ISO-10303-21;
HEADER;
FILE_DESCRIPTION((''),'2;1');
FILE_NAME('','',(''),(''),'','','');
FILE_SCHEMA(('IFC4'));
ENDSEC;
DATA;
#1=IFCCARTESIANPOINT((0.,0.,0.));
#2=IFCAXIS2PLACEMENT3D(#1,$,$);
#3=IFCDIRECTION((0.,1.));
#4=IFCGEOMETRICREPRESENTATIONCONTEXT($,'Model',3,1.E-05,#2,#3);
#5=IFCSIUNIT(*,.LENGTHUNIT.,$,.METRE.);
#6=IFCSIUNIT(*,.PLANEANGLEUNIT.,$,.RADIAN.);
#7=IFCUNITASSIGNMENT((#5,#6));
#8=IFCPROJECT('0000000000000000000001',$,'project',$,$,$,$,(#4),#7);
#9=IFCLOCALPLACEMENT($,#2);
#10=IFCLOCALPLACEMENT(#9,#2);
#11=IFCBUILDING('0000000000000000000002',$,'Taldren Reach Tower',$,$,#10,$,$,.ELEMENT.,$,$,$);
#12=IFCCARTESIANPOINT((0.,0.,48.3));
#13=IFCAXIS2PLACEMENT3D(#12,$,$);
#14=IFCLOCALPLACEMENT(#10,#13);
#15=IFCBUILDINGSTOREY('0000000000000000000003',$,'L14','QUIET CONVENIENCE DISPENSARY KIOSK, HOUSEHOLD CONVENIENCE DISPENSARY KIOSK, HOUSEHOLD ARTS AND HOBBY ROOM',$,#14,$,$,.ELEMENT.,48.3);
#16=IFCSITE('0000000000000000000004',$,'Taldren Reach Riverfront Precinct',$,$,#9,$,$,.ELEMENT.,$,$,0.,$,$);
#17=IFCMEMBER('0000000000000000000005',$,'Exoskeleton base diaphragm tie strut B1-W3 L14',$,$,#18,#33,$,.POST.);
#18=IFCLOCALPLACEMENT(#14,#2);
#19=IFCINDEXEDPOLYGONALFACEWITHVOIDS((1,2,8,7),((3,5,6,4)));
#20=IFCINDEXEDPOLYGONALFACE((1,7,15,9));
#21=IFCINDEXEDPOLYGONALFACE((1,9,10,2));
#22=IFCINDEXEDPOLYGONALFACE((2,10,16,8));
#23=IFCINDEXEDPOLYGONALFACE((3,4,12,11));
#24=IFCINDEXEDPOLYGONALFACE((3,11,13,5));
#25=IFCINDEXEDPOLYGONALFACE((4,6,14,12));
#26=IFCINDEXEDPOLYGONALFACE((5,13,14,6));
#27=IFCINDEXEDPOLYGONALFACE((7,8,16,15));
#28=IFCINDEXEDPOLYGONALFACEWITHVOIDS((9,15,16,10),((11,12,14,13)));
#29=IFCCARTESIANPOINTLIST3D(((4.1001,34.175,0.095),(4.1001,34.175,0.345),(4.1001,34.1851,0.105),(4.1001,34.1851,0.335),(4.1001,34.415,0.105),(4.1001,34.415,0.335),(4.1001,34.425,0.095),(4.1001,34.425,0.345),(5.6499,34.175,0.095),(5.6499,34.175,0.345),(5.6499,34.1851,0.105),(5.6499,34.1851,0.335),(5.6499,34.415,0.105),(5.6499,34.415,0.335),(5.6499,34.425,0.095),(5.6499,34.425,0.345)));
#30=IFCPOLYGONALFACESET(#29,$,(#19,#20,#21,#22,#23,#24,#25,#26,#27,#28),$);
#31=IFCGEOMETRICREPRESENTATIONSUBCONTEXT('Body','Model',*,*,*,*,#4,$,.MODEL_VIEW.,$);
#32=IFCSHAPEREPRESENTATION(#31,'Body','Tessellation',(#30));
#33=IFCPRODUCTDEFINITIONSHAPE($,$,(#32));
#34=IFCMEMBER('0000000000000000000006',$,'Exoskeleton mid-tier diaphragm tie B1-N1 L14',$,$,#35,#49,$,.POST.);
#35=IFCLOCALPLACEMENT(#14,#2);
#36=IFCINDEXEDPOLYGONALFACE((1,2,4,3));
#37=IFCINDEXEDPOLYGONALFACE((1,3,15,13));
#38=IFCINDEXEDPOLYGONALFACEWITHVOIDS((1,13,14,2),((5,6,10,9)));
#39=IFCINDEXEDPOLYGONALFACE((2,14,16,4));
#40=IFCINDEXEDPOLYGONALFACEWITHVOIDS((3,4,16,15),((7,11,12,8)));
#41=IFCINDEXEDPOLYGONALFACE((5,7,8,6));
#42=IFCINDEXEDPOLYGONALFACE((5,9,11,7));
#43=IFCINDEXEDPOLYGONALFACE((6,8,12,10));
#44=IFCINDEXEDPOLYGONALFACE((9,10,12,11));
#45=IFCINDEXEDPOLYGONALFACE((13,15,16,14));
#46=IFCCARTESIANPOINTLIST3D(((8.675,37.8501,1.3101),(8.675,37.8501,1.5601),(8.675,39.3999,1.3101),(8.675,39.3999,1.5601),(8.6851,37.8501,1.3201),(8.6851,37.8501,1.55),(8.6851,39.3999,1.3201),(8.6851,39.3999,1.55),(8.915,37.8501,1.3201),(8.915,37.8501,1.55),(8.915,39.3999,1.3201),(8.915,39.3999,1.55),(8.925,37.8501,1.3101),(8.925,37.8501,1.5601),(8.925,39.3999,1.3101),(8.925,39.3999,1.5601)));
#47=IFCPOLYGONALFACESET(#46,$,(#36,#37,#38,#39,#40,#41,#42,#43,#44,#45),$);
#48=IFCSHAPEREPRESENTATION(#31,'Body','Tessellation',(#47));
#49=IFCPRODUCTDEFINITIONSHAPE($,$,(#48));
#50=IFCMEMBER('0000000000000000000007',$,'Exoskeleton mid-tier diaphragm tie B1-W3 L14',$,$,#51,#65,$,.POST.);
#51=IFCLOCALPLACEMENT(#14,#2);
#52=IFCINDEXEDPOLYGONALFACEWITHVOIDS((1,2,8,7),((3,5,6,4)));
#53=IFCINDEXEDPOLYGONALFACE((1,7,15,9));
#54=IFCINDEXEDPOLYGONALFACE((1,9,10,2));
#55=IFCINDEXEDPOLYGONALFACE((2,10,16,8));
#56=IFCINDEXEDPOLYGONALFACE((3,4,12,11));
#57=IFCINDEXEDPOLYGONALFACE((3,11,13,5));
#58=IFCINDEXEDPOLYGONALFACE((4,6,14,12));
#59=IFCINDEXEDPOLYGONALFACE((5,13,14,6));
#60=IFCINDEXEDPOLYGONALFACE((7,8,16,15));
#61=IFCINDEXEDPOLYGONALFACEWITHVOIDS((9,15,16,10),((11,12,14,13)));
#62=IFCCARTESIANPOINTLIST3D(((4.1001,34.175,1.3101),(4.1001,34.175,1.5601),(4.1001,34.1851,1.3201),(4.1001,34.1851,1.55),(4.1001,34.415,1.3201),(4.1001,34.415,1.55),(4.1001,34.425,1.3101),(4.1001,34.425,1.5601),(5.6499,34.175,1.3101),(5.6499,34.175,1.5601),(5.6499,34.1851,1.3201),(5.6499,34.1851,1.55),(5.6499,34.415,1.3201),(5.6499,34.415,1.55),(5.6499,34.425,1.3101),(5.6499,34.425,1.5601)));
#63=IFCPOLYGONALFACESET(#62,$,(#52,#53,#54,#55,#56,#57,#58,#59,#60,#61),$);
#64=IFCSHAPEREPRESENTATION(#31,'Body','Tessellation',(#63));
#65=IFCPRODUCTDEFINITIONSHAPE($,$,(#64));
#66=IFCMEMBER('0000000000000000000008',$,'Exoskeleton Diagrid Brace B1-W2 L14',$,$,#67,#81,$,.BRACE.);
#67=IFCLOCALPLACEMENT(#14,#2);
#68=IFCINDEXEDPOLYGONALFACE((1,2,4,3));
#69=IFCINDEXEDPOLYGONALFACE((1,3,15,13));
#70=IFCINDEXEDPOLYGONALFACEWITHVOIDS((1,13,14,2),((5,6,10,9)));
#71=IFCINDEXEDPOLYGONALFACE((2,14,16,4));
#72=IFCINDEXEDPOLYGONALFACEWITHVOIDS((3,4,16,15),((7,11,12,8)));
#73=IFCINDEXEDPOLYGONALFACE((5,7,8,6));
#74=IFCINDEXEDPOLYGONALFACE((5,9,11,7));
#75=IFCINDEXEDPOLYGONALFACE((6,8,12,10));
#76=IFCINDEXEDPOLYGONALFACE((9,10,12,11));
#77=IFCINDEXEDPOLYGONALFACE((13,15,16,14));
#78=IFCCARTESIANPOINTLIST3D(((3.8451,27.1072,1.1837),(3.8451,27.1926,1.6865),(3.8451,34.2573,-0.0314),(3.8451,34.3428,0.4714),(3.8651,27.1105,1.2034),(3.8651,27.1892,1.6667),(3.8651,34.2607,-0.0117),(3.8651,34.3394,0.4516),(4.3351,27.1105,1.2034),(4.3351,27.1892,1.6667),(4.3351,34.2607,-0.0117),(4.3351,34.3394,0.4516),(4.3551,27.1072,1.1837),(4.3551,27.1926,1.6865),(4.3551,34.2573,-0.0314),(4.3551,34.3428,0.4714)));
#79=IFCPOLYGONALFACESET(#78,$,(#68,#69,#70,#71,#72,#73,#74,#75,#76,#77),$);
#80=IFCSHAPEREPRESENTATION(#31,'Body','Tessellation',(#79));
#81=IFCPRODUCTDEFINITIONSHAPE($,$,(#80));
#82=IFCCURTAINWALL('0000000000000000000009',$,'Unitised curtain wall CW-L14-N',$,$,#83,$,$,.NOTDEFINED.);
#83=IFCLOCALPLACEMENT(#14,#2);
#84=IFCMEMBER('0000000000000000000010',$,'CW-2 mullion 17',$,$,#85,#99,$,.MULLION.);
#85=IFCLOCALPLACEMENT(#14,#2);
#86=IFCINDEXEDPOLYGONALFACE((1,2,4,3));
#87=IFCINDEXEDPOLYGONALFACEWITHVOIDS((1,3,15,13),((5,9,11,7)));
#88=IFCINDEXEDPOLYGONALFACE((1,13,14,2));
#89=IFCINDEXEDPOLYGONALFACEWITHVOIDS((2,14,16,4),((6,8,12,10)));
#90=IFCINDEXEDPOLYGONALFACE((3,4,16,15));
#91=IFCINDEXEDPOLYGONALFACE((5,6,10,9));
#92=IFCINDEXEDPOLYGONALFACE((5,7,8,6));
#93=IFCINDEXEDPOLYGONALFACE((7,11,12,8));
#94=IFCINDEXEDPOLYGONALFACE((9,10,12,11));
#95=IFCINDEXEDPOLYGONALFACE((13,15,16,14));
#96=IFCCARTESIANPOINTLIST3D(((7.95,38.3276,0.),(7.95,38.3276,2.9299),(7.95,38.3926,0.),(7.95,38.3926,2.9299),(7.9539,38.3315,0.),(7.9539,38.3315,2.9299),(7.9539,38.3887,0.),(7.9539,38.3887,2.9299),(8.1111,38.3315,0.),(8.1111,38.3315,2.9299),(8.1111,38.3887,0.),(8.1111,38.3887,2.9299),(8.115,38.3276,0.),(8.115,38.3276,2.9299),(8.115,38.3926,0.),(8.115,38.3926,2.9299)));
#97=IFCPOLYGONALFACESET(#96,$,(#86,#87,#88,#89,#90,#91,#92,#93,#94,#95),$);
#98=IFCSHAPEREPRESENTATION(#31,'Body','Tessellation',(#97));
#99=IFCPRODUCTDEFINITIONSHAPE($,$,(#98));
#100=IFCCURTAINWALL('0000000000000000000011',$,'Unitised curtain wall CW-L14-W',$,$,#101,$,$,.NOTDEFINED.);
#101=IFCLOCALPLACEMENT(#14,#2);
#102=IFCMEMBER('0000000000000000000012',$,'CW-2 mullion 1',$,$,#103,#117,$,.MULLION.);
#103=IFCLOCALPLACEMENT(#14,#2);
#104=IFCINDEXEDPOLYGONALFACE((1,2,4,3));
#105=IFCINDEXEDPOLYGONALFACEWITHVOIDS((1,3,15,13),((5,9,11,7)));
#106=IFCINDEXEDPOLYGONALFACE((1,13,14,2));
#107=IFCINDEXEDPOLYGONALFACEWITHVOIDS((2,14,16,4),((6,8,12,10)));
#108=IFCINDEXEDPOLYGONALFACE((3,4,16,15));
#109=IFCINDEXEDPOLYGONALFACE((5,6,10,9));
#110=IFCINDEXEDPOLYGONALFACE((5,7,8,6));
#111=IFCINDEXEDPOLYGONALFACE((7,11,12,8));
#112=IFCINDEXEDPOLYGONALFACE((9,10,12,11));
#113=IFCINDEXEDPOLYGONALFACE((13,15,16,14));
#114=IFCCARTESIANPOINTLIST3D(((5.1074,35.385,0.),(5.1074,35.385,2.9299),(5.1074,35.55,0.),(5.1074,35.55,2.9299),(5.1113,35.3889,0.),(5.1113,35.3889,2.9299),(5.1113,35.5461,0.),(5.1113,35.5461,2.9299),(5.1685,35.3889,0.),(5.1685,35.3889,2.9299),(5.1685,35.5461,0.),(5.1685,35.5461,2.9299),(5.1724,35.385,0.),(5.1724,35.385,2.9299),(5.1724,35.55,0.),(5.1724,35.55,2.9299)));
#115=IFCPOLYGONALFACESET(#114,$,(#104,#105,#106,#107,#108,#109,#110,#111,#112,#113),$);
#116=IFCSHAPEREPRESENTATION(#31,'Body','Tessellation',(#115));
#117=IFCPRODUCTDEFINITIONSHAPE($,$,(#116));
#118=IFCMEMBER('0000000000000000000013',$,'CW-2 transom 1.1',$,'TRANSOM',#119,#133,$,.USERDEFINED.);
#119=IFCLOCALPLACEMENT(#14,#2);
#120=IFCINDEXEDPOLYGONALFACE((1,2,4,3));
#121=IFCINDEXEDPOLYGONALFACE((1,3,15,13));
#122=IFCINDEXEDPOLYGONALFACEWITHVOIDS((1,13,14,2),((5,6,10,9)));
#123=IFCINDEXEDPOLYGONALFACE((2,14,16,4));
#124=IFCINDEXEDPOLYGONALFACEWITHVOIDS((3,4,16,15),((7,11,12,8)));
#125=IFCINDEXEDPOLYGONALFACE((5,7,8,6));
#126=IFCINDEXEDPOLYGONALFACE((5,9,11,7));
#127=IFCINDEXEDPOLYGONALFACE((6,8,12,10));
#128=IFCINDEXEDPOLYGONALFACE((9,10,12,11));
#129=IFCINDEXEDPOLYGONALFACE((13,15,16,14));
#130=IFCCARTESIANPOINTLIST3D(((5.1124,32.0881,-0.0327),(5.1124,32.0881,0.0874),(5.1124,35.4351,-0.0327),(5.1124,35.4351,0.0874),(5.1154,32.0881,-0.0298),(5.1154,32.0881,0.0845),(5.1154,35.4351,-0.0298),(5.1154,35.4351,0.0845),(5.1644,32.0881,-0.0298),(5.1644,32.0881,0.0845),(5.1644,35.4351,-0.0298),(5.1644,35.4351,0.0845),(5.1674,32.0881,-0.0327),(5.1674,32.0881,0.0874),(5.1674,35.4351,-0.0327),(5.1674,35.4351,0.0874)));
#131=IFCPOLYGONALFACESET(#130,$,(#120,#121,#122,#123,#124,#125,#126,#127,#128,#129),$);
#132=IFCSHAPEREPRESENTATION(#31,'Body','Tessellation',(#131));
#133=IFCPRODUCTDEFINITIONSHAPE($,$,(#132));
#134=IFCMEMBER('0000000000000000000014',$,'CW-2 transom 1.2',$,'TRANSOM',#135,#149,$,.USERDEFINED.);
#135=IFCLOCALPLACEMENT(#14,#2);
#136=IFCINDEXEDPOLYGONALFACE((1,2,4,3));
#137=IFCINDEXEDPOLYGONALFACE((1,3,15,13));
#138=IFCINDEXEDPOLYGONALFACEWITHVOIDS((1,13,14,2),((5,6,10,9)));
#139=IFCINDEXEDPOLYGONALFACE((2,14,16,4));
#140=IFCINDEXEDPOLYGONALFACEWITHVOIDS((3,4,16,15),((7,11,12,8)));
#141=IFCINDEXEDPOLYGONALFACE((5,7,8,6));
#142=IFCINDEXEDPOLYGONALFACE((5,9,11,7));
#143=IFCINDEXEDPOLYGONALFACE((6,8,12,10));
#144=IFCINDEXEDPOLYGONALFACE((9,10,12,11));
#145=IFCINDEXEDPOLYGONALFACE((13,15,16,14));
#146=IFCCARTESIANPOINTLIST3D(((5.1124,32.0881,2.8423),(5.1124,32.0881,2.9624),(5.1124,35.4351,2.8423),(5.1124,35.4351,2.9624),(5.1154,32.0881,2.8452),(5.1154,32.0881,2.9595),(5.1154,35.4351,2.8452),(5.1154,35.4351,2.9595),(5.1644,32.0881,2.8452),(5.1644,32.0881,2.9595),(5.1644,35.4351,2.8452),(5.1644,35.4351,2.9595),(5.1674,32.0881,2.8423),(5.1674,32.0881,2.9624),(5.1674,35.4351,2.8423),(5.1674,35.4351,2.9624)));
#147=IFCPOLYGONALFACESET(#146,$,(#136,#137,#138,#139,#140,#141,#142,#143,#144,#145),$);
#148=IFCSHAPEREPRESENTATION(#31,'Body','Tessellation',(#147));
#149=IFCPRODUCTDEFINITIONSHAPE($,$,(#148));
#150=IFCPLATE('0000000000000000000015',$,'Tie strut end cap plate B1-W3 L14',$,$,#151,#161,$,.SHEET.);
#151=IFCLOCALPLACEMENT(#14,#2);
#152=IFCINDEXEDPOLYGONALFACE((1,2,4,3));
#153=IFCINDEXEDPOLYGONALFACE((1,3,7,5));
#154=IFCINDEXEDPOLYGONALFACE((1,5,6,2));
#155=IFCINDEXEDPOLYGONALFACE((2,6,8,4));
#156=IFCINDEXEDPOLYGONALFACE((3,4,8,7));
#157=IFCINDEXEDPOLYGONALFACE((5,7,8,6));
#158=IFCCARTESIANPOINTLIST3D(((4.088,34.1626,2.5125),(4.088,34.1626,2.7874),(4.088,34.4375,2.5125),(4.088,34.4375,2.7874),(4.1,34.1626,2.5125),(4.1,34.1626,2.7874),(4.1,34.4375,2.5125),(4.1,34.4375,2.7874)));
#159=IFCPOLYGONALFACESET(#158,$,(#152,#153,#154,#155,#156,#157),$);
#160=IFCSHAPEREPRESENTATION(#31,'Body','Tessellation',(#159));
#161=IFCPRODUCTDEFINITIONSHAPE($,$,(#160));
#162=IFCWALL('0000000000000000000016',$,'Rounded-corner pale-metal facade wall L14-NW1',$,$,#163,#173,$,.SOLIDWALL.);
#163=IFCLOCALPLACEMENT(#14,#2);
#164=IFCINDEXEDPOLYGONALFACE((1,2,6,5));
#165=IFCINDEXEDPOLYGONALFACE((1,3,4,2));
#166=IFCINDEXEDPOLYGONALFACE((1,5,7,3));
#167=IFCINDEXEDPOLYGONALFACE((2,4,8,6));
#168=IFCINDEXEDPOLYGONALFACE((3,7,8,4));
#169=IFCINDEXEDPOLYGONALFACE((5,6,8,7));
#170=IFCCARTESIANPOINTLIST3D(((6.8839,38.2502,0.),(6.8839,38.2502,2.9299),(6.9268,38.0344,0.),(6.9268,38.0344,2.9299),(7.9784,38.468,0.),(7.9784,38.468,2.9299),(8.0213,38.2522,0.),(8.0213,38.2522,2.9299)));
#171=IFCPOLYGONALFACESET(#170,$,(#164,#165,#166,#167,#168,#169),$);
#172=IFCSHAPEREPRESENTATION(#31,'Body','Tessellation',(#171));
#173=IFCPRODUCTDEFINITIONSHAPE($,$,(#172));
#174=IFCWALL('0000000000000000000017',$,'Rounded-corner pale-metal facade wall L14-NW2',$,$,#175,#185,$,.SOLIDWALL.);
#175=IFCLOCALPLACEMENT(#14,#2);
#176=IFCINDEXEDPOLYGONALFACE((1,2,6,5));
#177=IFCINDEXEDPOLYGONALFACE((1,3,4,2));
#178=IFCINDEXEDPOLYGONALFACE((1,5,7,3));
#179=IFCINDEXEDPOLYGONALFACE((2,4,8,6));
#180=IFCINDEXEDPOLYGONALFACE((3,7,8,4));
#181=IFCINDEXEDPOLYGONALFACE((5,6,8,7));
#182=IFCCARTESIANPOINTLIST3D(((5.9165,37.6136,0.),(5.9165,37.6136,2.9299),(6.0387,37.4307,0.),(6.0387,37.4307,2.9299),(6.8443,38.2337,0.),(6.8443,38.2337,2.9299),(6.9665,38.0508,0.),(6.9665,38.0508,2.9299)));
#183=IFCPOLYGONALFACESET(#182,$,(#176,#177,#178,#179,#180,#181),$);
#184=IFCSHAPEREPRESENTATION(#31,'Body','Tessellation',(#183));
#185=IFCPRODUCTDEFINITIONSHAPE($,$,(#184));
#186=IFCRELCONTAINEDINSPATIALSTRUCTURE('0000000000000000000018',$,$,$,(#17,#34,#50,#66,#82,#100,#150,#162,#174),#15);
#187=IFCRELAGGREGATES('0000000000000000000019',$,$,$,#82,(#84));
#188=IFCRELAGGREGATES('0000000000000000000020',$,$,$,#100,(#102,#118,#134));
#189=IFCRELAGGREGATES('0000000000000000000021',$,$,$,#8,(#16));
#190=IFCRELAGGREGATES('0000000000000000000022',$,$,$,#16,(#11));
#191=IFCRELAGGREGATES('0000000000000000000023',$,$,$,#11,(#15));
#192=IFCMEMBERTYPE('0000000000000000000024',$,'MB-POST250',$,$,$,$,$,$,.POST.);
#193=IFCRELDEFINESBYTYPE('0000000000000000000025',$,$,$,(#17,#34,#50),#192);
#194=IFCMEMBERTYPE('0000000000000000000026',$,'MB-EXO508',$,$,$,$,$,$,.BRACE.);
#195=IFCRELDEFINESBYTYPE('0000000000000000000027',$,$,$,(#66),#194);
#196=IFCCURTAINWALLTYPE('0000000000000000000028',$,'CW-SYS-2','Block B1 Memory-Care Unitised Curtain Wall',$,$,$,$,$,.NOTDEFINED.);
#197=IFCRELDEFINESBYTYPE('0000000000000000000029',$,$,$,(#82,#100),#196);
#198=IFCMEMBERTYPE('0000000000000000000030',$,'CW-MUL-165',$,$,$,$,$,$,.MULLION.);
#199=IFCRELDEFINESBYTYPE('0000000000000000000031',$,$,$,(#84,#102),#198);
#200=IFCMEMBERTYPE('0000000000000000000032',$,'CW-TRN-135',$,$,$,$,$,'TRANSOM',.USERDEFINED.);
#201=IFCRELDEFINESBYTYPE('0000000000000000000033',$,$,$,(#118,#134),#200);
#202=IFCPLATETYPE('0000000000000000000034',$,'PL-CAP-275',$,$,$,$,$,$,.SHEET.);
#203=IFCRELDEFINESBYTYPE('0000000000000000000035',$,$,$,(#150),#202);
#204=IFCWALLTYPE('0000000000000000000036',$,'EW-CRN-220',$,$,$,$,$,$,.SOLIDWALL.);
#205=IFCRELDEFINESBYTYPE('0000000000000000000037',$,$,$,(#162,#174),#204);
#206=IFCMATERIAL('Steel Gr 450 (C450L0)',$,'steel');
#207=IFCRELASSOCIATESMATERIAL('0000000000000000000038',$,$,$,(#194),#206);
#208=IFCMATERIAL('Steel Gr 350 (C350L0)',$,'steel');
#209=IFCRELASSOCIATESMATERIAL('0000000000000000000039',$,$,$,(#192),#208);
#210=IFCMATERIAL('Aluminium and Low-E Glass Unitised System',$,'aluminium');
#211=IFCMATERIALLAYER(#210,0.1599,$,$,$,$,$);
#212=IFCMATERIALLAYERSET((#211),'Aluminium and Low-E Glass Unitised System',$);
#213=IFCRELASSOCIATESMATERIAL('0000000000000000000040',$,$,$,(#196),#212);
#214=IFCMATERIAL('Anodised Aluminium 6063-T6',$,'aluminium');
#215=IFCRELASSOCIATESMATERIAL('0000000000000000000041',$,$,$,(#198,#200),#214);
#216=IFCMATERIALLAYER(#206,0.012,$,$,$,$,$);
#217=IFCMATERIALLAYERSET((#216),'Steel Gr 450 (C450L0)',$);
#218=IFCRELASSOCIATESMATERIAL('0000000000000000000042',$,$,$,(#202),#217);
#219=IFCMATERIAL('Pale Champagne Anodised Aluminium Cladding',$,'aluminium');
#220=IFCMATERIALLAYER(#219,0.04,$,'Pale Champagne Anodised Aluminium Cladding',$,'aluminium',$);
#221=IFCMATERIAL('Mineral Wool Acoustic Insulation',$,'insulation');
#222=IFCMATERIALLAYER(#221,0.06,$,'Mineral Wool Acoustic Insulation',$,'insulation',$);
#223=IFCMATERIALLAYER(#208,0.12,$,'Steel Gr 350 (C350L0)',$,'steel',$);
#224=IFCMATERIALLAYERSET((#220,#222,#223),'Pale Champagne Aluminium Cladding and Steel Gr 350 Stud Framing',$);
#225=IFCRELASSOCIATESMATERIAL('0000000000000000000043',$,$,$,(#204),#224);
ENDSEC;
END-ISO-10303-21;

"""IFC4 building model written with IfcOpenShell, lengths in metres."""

from ifc_helpers import new_model, si_unit, direction, frame, frame_2d, origin, origin_2d, place, context, subcontext, project, spatial, rectangle, hollow_rectangle, extrude, source, transform, mapped, material, layer, layer_set, material_profile, profile_set, type_object, element, aggregate, save


model = new_model("IFC4")

# Units and contexts
model_context = context("Model", 3, precision=1e-05, world=origin(), true_north=direction((0.0, 1.0)))
body_context = subcontext(model_context, "Body", "Model", "MODEL_VIEW")
ifc_project = project(units=[si_unit("LENGTHUNIT", "METRE"), si_unit("PLANEANGLEUNIT", "RADIAN")], contexts=[model_context])

# Site, building, storey
site_placement = place(None, origin())
site = spatial("IfcSite", under=ifc_project, at=site_placement, Name="Taldren Reach Riverfront Precinct", CompositionType="ELEMENT", RefElevation=0.0)
building_placement = place(site_placement, origin())
building = spatial("IfcBuilding", under=site, at=building_placement, Name="Taldren Reach Tower", CompositionType="ELEMENT")
storey_placement = place(building_placement, frame((0.0, 0.0, 48.3)))
storey = spatial("IfcBuildingStorey", under=building, at=storey_placement, Name="L14", Description="QUIET CONVENIENCE DISPENSARY KIOSK, HOUSEHOLD CONVENIENCE DISPENSARY KIOSK, HOUSEHOLD ARTS AND HOBBY ROOM", CompositionType="ELEMENT", Elevation=48.3)

# Members
ifc_material_1 = material(Name="Steel Gr 450 (C450L0)", Category="steel")
ifc_material_profile_1 = material_profile(ifc_material_1, hollow_rectangle(XDim=0.51, YDim=0.51, WallThickness=0.02, at=origin_2d()), Name="510x510x20.0SHS")
ifc_profile_set_1 = profile_set([ifc_material_profile_1], Name="Steel Gr 450 (C450L0)")
member_type_1 = type_object("IfcMemberType", Name="MB-EXO508", PredefinedType="BRACE", material=ifc_profile_set_1)
ifc_material_2 = material(Name="Steel Gr 350 (C350L0)", Category="steel")
ifc_material_profile_2 = material_profile(ifc_material_2, hollow_rectangle(XDim=0.25, YDim=0.25, WallThickness=0.01, at=origin_2d()), Name="250x250x10.0SHS")
ifc_profile_set_2 = profile_set([ifc_material_profile_2], Name="Steel Gr 350 (C350L0)")
member_type_2 = type_object("IfcMemberType", Name="MB-POST250", PredefinedType="POST", material=ifc_profile_set_2)
shared_shape_1 = source(origin(), body_context, "Body", "SweptSolid", [
    extrude(hollow_rectangle(XDim=0.25, YDim=0.25, WallThickness=0.01, at=origin_2d()), origin(), (0.0, 0.0, 1.0), 1.5498),
])
for number, where, z_axis, x_axis, name in (
    (1, (5.6499, 34.3, 0.22), (-1.0, 0.0, 0.0), (0.0, -1.0, 0.0), "Exoskeleton base diaphragm tie strut B1-W3 L14"),
    (2, (8.8, 37.8501, 1.4351), (0.0, 1.0, 0.0), (-1.0, 0.0, 0.0), "Exoskeleton mid-tier diaphragm tie B1-N1 L14"),
    (3, (5.6499, 34.3, 1.4351), (-1.0, 0.0, 0.0), (0.0, -1.0, 0.0), "Exoskeleton mid-tier diaphragm tie B1-W3 L14"),
):
    element("IfcMember", number, at=place(storey_placement, frame(where, z_axis=z_axis, x_axis=x_axis)), inside=storey, type_object=member_type_2, Name=name, PredefinedType="POST", context=body_context, shape_type="MappedRepresentation", body=[
        mapped(shared_shape_1, transform((0.0, 0.0, 0.0), scale=1.0)),
    ])
shared_shape_2 = source(origin(), body_context, "Body", "SweptSolid", [
    extrude(hollow_rectangle(XDim=0.51, YDim=0.51, WallThickness=0.02, at=origin_2d()), origin(), (0.0, 0.0, 1.0), 7.2527),
])
member_1_placement = place(storey_placement, frame((4.1001, 34.3, 0.22), z_axis=(0.0, -0.985866, 0.167537), x_axis=(1.0, 0.0, 0.0)))
element("IfcMember", 4, at=member_1_placement, inside=storey, type_object=member_type_1, Name="Exoskeleton Diagrid Brace B1-W2 L14", PredefinedType="BRACE", context=body_context, shape_type="MappedRepresentation", body=[
    mapped(shared_shape_2, transform((0.0, 0.0, 0.0), scale=1.0)),
])

# Curtain wall, member
ifc_material_3 = material(Name="Aluminium and Low-E Glass Unitised System", Category="aluminium")
ifc_layer_1 = layer(ifc_material_3, 0.1599)
ifc_layer_set_1 = layer_set([ifc_layer_1], Name="Aluminium and Low-E Glass Unitised System")
curtain_wall_type = type_object("IfcCurtainWallType", Name="CW-SYS-2", Description="Block B1 Memory-Care Unitised Curtain Wall", PredefinedType="NOTDEFINED", material=ifc_layer_set_1)
curtain_wall_1_placement = place(storey_placement, origin())
curtain_wall_1 = element("IfcCurtainWall", 5, at=curtain_wall_1_placement, inside=storey, type_object=curtain_wall_type, Name="Unitised curtain wall CW-L14-N", PredefinedType="NOTDEFINED")
ifc_material_4 = material(Name="Anodised Aluminium 6063-T6", Category="aluminium")
ifc_material_profile_3 = material_profile(ifc_material_4, hollow_rectangle(XDim=0.0649, YDim=0.165, WallThickness=0.0039, at=origin_2d()), Name="ALU-165x65x4RHS")
ifc_profile_set_3 = profile_set([ifc_material_profile_3], Name="Anodised Aluminium 6063-T6")
member_type_3 = type_object("IfcMemberType", Name="CW-MUL-165", PredefinedType="MULLION", material=ifc_profile_set_3)
shared_shape_3 = source(origin(), body_context, "Body", "SweptSolid", [
    extrude(hollow_rectangle(XDim=0.0649, YDim=0.165, WallThickness=0.0039, at=origin_2d()), origin(), (0.0, 0.0, 1.0), 2.9299),
])
member_2_placement = place(storey_placement, frame((8.0325, 38.3601, 0.0), z_axis=(0.0, 0.0, 1.0), x_axis=(0.0, -1.0, 0.0)))
member_2 = element("IfcMember", 6, at=member_2_placement, type_object=member_type_3, Name="CW-2 mullion 17", PredefinedType="MULLION", context=body_context, shape_type="MappedRepresentation", body=[
    mapped(shared_shape_3, transform((0.0, 0.0, 0.0), scale=1.0)),
])
aggregate(curtain_wall_1, [member_2])

# Curtain wall, members
curtain_wall_2_placement = place(storey_placement, origin())
curtain_wall_2 = element("IfcCurtainWall", 7, at=curtain_wall_2_placement, inside=storey, type_object=curtain_wall_type, Name="Unitised curtain wall CW-L14-W", PredefinedType="NOTDEFINED")
member_3_placement = place(storey_placement, frame((5.1399, 35.4675, 0.0), z_axis=(0.0, 0.0, 1.0), x_axis=(1.0, 0.0, 0.0)))
member_3 = element("IfcMember", 8, at=member_3_placement, type_object=member_type_3, Name="CW-2 mullion 1", PredefinedType="MULLION", context=body_context, shape_type="MappedRepresentation", body=[
    mapped(shared_shape_3, transform((0.0, 0.0, 0.0), scale=1.0)),
])
ifc_material_profile_4 = material_profile(ifc_material_4, hollow_rectangle(XDim=0.0549, YDim=0.1201, WallThickness=0.0029, at=origin_2d()), Name="ALU-120x55x3RHS")
ifc_profile_set_4 = profile_set([ifc_material_profile_4], Name="Anodised Aluminium 6063-T6")
member_type_4 = type_object("IfcMemberType", Name="CW-TRN-135", ElementType="TRANSOM", PredefinedType="USERDEFINED", material=ifc_profile_set_4)
shared_shape_4 = source(origin(), body_context, "Body", "SweptSolid", [
    extrude(hollow_rectangle(XDim=0.0549, YDim=0.1201, WallThickness=0.0029, at=origin_2d()), origin(), (0.0, 0.0, 1.0), 3.3469),
])
member_4_placement = place(storey_placement, frame((5.1399, 35.4351, 0.0273), z_axis=(0.0, -1.0, 0.0), x_axis=(1.0, 0.0, 0.0)))
member_4 = element("IfcMember", 9, at=member_4_placement, type_object=member_type_4, Name="CW-2 transom 1.1", ObjectType="TRANSOM", PredefinedType="USERDEFINED", context=body_context, shape_type="MappedRepresentation", body=[
    mapped(shared_shape_4, transform((0.0, 0.0, 0.0), scale=1.0)),
])
member_5_placement = place(storey_placement, frame((5.1399, 35.4351, 2.9023), z_axis=(0.0, -1.0, 0.0), x_axis=(1.0, 0.0, 0.0)))
member_5 = element("IfcMember", 10, at=member_5_placement, type_object=member_type_4, Name="CW-2 transom 1.2", ObjectType="TRANSOM", PredefinedType="USERDEFINED", context=body_context, shape_type="MappedRepresentation", body=[
    mapped(shared_shape_4, transform((0.0, 0.0, 0.0), scale=1.0)),
])
aggregate(curtain_wall_2, [member_3, member_4, member_5])

# Plate
ifc_layer_2 = layer(ifc_material_1, 0.012)
ifc_layer_set_2 = layer_set([ifc_layer_2], Name="Steel Gr 450 (C450L0)")
plate_type = type_object("IfcPlateType", Name="PL-CAP-275", PredefinedType="SHEET", material=ifc_layer_set_2)
shared_shape_5 = source(origin(), body_context, "Body", "SweptSolid", [
    extrude(rectangle(XDim=0.012, YDim=0.2749, at=origin_2d()), origin(), (0.0, 0.0, 1.0), 0.2749),
])
plate_placement = place(storey_placement, frame((4.094, 34.3, 2.5125), z_axis=(0.0, 0.0, 1.0), x_axis=(1.0, 0.0, 0.0)))
element("IfcPlate", 11, at=plate_placement, inside=storey, type_object=plate_type, Name="Tie strut end cap plate B1-W3 L14", PredefinedType="SHEET", context=body_context, shape_type="MappedRepresentation", body=[
    mapped(shared_shape_5, transform((0.0, 0.0, 0.0), scale=1.0)),
])

# Walls
ifc_material_5 = material(Name="Pale Champagne Anodised Aluminium Cladding", Category="aluminium")
ifc_layer_3 = layer(ifc_material_5, 0.04, Name="Pale Champagne Anodised Aluminium Cladding", Category="aluminium")
ifc_material_6 = material(Name="Mineral Wool Acoustic Insulation", Category="insulation")
ifc_layer_4 = layer(ifc_material_6, 0.06, Name="Mineral Wool Acoustic Insulation", Category="insulation")
ifc_layer_5 = layer(ifc_material_2, 0.12, Name="Steel Gr 350 (C350L0)", Category="steel")
ifc_layer_set_3 = layer_set([ifc_layer_3, ifc_layer_4, ifc_layer_5], Name="Pale Champagne Aluminium Cladding and Steel Gr 350 Stud Framing")
wall_type = type_object("IfcWallType", Name="EW-CRN-220", PredefinedType="SOLIDWALL", material=ifc_layer_set_3)
shared_shape_6 = source(origin(), body_context, "Body", "SweptSolid", [
    extrude(rectangle(XDim=1.116, YDim=0.22, at=frame_2d((0.5581, 0.0))), origin(), (0.0, 0.0, 1.0), 2.9299),
])
for number, where, z_axis, x_axis, name in (
    (12, (8.0, 38.3601, 0.0), (0.0, 0.0, 1.0), (-0.980774, -0.195148, 0.0), "Rounded-corner pale-metal facade wall L14-NW1"),
    (13, (6.9055, 38.1423, 0.0), (0.0, 0.0, 1.0), (-0.831377, -0.55571, 0.0), "Rounded-corner pale-metal facade wall L14-NW2"),
):
    element("IfcWall", number, at=place(storey_placement, frame(where, z_axis=z_axis, x_axis=x_axis)), inside=storey, type_object=wall_type, Name=name, PredefinedType="SOLIDWALL", context=body_context, shape_type="MappedRepresentation", body=[
        mapped(shared_shape_6, transform((0.0, 0.0, 0.0), scale=1.0)),
    ])

save(model, "model.ifc")
